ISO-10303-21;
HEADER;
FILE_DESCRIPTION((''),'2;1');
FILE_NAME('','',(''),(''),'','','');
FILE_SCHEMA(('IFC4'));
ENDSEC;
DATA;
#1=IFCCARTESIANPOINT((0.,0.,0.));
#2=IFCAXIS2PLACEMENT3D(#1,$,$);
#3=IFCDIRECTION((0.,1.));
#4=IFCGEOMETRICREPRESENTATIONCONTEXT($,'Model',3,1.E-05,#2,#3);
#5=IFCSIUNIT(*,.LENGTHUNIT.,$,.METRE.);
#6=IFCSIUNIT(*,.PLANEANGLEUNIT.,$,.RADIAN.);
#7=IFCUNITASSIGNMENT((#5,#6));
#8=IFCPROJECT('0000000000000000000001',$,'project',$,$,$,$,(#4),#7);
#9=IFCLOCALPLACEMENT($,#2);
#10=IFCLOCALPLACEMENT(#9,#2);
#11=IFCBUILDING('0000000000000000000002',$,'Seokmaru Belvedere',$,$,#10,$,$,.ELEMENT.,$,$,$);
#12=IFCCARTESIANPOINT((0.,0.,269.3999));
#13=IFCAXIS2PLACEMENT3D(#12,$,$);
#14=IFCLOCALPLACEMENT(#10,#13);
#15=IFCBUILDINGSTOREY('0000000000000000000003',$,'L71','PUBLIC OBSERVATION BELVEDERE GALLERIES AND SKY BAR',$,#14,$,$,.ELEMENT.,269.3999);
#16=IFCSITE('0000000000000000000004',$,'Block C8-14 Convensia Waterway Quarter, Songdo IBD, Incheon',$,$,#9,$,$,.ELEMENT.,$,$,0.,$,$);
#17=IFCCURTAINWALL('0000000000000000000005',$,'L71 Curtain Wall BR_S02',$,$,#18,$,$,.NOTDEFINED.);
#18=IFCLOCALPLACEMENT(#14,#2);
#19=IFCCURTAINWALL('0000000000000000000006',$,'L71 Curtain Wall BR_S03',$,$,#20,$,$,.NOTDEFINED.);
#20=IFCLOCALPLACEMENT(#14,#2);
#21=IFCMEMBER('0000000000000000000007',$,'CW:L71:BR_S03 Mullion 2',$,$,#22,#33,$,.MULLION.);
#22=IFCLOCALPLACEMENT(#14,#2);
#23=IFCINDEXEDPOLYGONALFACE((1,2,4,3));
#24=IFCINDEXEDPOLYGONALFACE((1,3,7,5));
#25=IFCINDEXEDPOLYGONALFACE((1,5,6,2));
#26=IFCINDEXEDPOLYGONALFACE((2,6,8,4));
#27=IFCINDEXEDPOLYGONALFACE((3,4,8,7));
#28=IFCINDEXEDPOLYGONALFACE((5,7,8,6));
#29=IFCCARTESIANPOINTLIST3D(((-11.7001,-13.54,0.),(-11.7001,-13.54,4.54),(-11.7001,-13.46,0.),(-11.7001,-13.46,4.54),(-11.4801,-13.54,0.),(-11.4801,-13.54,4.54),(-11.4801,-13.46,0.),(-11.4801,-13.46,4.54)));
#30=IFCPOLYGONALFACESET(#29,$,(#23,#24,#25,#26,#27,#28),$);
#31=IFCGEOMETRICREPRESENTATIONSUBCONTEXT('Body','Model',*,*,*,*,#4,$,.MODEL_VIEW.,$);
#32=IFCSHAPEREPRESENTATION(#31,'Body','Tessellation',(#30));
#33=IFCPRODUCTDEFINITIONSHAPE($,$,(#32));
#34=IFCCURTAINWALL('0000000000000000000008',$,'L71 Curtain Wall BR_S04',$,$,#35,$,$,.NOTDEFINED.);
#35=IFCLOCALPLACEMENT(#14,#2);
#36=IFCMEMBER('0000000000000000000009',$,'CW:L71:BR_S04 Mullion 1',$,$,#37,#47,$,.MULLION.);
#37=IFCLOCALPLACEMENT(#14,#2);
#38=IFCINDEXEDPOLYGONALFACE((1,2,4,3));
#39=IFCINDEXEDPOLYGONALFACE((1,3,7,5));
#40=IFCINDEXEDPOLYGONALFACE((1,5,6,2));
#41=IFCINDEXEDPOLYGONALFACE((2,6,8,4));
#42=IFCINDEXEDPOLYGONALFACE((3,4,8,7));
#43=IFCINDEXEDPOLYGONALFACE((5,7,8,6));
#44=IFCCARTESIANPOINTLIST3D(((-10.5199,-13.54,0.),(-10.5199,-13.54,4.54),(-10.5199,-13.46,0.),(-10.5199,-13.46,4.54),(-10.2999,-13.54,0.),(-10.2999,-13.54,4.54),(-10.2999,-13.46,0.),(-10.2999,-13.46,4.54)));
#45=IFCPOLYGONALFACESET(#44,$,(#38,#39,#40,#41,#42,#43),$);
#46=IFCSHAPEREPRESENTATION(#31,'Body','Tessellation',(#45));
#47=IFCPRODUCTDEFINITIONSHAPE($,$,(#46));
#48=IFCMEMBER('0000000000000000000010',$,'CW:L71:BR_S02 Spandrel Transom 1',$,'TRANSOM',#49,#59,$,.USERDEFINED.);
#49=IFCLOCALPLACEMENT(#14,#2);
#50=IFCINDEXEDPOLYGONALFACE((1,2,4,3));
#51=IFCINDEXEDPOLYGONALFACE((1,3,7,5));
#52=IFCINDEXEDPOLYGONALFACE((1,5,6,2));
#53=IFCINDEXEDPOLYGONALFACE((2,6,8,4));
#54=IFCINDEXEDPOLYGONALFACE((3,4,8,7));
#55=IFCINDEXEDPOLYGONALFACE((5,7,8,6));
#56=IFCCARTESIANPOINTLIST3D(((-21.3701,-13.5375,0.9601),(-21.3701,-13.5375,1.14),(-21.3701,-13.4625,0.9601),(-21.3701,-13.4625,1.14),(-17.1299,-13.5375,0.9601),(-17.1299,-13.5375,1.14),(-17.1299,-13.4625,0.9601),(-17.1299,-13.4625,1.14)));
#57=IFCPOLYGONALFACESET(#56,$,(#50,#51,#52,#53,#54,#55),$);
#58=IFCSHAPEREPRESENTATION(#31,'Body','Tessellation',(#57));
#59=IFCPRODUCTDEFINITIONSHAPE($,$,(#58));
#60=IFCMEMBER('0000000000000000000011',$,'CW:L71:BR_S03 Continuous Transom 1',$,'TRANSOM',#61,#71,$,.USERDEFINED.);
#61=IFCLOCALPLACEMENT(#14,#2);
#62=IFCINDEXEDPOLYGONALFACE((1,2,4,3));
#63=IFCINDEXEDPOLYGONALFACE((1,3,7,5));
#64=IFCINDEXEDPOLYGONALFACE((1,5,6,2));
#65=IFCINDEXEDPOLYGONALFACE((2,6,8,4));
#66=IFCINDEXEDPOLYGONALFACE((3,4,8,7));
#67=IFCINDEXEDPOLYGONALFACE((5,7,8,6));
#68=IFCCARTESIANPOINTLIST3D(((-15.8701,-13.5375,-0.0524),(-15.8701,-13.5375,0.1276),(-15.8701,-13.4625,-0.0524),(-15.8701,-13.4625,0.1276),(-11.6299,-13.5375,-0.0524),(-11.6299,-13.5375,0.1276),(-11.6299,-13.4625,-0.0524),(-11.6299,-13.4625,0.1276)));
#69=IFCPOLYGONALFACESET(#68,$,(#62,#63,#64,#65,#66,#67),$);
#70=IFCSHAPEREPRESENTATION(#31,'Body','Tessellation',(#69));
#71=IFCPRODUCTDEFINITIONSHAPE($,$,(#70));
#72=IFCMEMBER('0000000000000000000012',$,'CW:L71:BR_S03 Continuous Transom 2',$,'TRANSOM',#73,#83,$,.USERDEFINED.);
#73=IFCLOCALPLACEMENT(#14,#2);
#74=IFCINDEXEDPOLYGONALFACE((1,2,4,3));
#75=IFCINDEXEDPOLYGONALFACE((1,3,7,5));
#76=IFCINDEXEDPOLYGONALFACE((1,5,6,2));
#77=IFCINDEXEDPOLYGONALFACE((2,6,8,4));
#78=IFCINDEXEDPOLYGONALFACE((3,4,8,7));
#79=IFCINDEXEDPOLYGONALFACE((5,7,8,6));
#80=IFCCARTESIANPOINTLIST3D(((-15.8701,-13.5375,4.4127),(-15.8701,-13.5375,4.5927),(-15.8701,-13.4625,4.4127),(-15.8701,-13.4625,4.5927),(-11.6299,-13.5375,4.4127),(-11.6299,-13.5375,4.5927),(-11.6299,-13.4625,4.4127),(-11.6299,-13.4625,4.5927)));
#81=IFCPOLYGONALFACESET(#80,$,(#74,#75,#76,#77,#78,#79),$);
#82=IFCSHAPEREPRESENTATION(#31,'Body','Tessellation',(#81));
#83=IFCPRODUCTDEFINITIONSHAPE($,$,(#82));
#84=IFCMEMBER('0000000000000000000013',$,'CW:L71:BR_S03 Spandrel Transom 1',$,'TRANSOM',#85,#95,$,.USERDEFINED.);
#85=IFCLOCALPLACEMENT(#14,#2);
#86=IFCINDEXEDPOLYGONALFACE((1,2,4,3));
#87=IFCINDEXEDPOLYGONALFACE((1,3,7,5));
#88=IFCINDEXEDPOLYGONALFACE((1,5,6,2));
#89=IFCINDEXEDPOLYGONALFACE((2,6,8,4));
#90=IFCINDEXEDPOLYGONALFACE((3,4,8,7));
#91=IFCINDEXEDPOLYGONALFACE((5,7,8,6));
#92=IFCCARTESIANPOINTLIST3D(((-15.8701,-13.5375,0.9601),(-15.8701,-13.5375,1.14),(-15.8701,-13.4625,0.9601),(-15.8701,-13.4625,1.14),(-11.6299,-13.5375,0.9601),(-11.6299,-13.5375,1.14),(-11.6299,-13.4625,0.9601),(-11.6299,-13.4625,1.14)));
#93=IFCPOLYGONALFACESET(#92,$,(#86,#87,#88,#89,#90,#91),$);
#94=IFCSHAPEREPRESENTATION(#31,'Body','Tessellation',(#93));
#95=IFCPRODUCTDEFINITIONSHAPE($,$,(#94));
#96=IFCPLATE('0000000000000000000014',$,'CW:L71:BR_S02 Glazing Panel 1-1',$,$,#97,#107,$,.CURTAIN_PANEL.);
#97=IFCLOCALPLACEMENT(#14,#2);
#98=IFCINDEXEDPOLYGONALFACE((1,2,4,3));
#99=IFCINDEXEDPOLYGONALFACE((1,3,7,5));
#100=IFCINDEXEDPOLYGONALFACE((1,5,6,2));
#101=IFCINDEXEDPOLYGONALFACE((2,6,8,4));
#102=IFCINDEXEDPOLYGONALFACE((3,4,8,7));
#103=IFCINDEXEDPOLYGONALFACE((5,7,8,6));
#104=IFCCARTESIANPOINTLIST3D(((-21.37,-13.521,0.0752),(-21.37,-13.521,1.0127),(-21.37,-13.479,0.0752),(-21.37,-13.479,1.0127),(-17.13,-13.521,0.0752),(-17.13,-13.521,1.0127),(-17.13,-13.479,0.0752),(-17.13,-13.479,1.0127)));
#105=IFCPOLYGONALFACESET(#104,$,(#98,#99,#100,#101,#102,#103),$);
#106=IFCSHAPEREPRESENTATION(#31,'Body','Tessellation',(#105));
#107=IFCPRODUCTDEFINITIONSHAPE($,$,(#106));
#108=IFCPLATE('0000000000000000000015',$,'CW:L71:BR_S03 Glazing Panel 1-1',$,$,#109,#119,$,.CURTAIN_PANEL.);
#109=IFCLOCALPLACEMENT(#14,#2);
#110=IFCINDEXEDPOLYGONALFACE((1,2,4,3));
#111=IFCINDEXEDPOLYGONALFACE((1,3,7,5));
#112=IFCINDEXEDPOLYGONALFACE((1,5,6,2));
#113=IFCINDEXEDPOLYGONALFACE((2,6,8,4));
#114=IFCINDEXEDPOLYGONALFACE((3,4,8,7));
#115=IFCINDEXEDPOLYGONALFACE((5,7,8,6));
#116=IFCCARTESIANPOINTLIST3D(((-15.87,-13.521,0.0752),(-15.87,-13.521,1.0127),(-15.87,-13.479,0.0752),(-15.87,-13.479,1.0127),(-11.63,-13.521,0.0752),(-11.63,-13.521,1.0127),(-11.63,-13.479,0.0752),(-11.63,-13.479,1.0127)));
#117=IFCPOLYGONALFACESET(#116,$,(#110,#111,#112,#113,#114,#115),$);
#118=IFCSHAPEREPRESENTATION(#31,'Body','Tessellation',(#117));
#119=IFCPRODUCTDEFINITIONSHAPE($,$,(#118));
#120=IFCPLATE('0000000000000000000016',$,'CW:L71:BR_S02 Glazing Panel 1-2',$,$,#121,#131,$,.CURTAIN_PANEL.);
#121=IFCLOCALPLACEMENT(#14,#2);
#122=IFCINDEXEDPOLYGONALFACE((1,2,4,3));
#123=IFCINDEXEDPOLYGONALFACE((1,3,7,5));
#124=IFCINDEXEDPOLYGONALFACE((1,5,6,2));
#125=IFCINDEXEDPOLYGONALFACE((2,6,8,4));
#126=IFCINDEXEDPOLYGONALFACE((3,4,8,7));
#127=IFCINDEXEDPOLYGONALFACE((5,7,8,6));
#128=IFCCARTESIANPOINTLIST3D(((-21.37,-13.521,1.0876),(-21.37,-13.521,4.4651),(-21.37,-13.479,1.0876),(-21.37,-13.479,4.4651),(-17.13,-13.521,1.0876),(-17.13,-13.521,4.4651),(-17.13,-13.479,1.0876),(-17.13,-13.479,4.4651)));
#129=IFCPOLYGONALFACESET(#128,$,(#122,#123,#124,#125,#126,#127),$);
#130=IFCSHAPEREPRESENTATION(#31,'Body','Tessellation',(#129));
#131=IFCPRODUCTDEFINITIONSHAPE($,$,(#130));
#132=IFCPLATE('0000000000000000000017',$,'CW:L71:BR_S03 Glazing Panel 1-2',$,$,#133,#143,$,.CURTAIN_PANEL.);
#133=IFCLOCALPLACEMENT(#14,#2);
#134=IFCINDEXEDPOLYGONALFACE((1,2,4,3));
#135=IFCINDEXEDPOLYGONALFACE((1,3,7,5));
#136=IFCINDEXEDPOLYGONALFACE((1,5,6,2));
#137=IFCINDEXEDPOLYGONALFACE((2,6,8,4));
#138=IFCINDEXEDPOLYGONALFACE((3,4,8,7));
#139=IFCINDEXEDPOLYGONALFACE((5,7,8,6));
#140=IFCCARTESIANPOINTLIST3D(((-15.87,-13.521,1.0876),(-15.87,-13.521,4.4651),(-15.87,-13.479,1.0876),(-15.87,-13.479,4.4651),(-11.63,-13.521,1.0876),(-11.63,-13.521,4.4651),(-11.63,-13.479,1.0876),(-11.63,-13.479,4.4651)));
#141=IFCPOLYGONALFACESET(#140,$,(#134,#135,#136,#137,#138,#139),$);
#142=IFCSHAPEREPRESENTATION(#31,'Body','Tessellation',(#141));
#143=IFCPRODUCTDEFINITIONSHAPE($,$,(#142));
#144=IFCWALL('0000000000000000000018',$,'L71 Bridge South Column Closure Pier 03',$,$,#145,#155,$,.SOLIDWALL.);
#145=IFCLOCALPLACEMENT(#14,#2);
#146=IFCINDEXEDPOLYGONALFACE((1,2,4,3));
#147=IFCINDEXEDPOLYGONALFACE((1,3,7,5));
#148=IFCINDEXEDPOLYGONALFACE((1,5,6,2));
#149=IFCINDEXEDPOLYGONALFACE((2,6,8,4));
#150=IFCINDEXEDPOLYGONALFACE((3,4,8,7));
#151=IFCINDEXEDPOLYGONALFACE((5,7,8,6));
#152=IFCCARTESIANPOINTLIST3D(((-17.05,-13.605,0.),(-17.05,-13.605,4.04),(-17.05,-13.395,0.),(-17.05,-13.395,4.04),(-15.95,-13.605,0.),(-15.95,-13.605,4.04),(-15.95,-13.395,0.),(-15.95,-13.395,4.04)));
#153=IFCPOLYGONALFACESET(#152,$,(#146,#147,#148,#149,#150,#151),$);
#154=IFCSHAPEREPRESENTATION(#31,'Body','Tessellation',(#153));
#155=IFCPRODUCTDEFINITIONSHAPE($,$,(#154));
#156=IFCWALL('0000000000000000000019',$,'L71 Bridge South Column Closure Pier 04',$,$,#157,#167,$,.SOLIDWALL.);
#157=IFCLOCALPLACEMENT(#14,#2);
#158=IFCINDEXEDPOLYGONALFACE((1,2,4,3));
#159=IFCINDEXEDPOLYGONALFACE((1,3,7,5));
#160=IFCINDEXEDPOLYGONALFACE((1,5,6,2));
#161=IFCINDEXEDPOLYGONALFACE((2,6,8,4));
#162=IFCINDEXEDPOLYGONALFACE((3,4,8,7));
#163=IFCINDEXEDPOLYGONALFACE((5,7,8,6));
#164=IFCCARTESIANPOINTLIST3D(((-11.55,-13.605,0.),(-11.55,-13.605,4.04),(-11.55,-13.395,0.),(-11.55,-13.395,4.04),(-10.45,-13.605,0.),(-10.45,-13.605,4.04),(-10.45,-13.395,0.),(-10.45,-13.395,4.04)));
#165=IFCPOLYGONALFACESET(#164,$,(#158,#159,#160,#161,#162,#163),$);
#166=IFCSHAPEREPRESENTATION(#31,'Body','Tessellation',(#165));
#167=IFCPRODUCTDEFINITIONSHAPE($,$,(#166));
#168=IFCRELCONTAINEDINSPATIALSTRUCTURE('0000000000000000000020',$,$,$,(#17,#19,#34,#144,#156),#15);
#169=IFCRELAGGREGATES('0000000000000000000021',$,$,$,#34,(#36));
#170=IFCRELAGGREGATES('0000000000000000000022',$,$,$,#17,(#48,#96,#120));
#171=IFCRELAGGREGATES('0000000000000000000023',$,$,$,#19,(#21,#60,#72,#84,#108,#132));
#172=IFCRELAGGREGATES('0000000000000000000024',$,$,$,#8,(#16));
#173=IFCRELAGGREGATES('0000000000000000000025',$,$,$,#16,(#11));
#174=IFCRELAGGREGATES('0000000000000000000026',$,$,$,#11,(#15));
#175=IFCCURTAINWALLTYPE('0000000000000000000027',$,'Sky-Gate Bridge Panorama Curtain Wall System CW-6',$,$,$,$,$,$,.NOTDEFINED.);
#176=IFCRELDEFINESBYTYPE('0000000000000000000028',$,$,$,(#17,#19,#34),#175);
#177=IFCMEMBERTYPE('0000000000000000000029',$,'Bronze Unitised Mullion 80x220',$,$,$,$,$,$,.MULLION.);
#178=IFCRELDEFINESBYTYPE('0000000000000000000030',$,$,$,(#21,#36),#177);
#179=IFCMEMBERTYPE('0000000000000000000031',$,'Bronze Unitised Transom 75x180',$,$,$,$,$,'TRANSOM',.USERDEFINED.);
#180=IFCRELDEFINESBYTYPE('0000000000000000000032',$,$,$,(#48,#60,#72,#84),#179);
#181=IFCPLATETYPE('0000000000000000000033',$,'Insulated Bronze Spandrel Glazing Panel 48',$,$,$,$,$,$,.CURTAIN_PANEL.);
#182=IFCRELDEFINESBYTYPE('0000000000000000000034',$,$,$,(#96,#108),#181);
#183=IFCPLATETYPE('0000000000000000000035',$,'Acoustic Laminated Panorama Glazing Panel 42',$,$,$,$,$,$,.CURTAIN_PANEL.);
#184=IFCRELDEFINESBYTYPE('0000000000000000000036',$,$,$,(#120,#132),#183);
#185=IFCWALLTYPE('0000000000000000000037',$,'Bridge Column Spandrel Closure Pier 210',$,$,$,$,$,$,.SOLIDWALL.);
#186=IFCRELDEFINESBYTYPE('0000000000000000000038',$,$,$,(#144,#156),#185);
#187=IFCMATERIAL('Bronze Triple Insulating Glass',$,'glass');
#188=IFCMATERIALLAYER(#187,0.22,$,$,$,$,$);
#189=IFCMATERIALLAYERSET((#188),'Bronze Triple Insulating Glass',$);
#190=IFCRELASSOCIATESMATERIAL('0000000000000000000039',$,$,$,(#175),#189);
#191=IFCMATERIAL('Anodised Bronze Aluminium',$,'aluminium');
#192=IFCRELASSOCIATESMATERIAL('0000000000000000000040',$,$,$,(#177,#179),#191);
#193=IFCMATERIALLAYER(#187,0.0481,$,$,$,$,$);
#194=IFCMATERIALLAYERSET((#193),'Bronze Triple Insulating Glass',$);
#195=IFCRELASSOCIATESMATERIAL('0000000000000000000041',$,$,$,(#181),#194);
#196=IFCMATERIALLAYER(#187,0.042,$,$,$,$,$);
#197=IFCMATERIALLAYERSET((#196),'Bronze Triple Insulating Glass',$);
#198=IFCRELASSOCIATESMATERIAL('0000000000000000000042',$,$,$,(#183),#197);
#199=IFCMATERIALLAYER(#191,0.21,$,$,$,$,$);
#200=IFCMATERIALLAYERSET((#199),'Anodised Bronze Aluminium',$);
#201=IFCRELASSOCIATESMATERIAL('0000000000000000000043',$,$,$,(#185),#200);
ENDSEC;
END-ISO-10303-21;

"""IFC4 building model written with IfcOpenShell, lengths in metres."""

from ifc_helpers import new_model, si_unit, direction, frame, frame_2d, origin, origin_2d, place, context, subcontext, project, spatial, rectangle, extrude, source, transform, mapped, material, layer, layer_set, material_profile, profile_set, type_object, type_shapes, element, aggregate, save


model = new_model("IFC4")

# Units and contexts
model_context = context("Model", 3, precision=1e-05, world=origin(), true_north=direction((0.0, 1.0)))
body_context = subcontext(model_context, "Body", "Model", "MODEL_VIEW")
ifc_project = project(units=[si_unit("LENGTHUNIT", "METRE"), si_unit("PLANEANGLEUNIT", "RADIAN")], contexts=[model_context])

# Site, building, storey
site_placement = place(None, origin())
site = spatial("IfcSite", under=ifc_project, at=site_placement, Name="Block C8-14 Convensia Waterway Quarter, Songdo IBD, Incheon", CompositionType="ELEMENT", RefElevation=0.0)
building_placement = place(site_placement, origin())
building = spatial("IfcBuilding", under=site, at=building_placement, Name="Seokmaru Belvedere", CompositionType="ELEMENT")
storey_placement = place(building_placement, frame((0.0, 0.0, 269.3999)))
storey = spatial("IfcBuildingStorey", under=building, at=storey_placement, Name="L71", Description="PUBLIC OBSERVATION BELVEDERE GALLERIES AND SKY BAR", CompositionType="ELEMENT", Elevation=269.3999)

# Curtain wall
ifc_material_1 = material(Name="Bronze Triple Insulating Glass", Category="glass")
ifc_layer_1 = layer(ifc_material_1, 0.22)
ifc_layer_set_1 = layer_set([ifc_layer_1], Name="Bronze Triple Insulating Glass")
curtain_wall_type = type_object("IfcCurtainWallType", Name="Sky-Gate Bridge Panorama Curtain Wall System CW-6", PredefinedType="NOTDEFINED", material=ifc_layer_set_1)
curtain_wall_1_placement = place(storey_placement, origin())
curtain_wall_1 = element("IfcCurtainWall", 1, at=curtain_wall_1_placement, inside=storey, type_object=curtain_wall_type, Name="L71 Curtain Wall BR_S02", PredefinedType="NOTDEFINED")
ifc_material_2 = material(Name="Anodised Bronze Aluminium", Category="aluminium")
ifc_material_profile_1 = material_profile(ifc_material_2, rectangle(XDim=0.0801, YDim=0.22, at=origin_2d()), Name="CW-M-80x220")
ifc_profile_set_1 = profile_set([ifc_material_profile_1], Name="Anodised Bronze Aluminium")
member_type_1 = type_object("IfcMemberType", Name="Bronze Unitised Mullion 80x220", PredefinedType="MULLION", material=ifc_profile_set_1)
shared_shape_1 = source(origin(), body_context, "Body", "SweptSolid", [
    extrude(rectangle(XDim=0.0801, YDim=0.22, at=origin_2d()), origin(), (0.0, 0.0, 1.0), 4.54),
])
type_shapes(member_type_1, [shared_shape_1])

# Curtain wall, member
curtain_wall_2_placement = place(storey_placement, origin())
curtain_wall_2 = element("IfcCurtainWall", 2, at=curtain_wall_2_placement, inside=storey, type_object=curtain_wall_type, Name="L71 Curtain Wall BR_S03", PredefinedType="NOTDEFINED")
member_1_placement = place(storey_placement, frame((-11.5901, -13.5, 0.0), z_axis=(0.0, 0.0, 1.0), x_axis=(0.0, 1.0, 0.0)))
member_1 = element("IfcMember", 3, at=member_1_placement, type_object=member_type_1, Name="CW:L71:BR_S03 Mullion 2", PredefinedType="MULLION", context=body_context, shape_type="MappedRepresentation", body=[
    mapped(shared_shape_1, transform((0.0, 0.0, 0.0), scale=1.0)),
])

# Curtain wall, member
curtain_wall_3_placement = place(storey_placement, origin())
curtain_wall_3 = element("IfcCurtainWall", 4, at=curtain_wall_3_placement, inside=storey, type_object=curtain_wall_type, Name="L71 Curtain Wall BR_S04", PredefinedType="NOTDEFINED")
member_2_placement = place(storey_placement, frame((-10.4099, -13.5, 0.0), z_axis=(0.0, 0.0, 1.0), x_axis=(0.0, 1.0, 0.0)))
member_2 = element("IfcMember", 5, at=member_2_placement, type_object=member_type_1, Name="CW:L71:BR_S04 Mullion 1", PredefinedType="MULLION", context=body_context, shape_type="MappedRepresentation", body=[
    mapped(shared_shape_1, transform((0.0, 0.0, 0.0), scale=1.0)),
])
aggregate(curtain_wall_3, [member_2])

# Members
ifc_material_profile_2 = material_profile(ifc_material_2, rectangle(XDim=0.075, YDim=0.1799, at=origin_2d()), Name="CW-T-75x180")
ifc_profile_set_2 = profile_set([ifc_material_profile_2], Name="Anodised Bronze Aluminium")
member_type_2 = type_object("IfcMemberType", Name="Bronze Unitised Transom 75x180", ElementType="TRANSOM", PredefinedType="USERDEFINED", material=ifc_profile_set_2)
shared_shape_2 = source(origin(), body_context, "Body", "SweptSolid", [
    extrude(rectangle(XDim=0.075, YDim=0.1799, at=origin_2d()), origin(), (0.0, 0.0, 1.0), 4.2402),
])
type_shapes(member_type_2, [shared_shape_2])
member_3_placement = place(storey_placement, frame((-21.3701, -13.5, 1.05), z_axis=(1.0, 0.0, 0.0), x_axis=(0.0, 1.0, 0.0)))
member_3 = element("IfcMember", 6, at=member_3_placement, type_object=member_type_2, Name="CW:L71:BR_S02 Spandrel Transom 1", ObjectType="TRANSOM", PredefinedType="USERDEFINED", context=body_context, shape_type="MappedRepresentation", body=[
    mapped(shared_shape_2, transform((0.0, 0.0, 0.0), scale=1.0)),
])
member_4_placement = place(storey_placement, frame((-15.8701, -13.5, 0.0376), z_axis=(1.0, 0.0, 0.0), x_axis=(0.0, 1.0, 0.0)))
member_4 = element("IfcMember", 7, at=member_4_placement, type_object=member_type_2, Name="CW:L71:BR_S03 Continuous Transom 1", ObjectType="TRANSOM", PredefinedType="USERDEFINED", context=body_context, shape_type="MappedRepresentation", body=[
    mapped(shared_shape_2, transform((0.0, 0.0, 0.0), scale=1.0)),
])
member_5_placement = place(storey_placement, frame((-15.8701, -13.5, 4.5027), z_axis=(1.0, 0.0, 0.0), x_axis=(0.0, 1.0, 0.0)))
member_5 = element("IfcMember", 8, at=member_5_placement, type_object=member_type_2, Name="CW:L71:BR_S03 Continuous Transom 2", ObjectType="TRANSOM", PredefinedType="USERDEFINED", context=body_context, shape_type="MappedRepresentation", body=[
    mapped(shared_shape_2, transform((0.0, 0.0, 0.0), scale=1.0)),
])
member_6_placement = place(storey_placement, frame((-15.8701, -13.5, 1.05), z_axis=(1.0, 0.0, 0.0), x_axis=(0.0, 1.0, 0.0)))
member_6 = element("IfcMember", 9, at=member_6_placement, type_object=member_type_2, Name="CW:L71:BR_S03 Spandrel Transom 1", ObjectType="TRANSOM", PredefinedType="USERDEFINED", context=body_context, shape_type="MappedRepresentation", body=[
    mapped(shared_shape_2, transform((0.0, 0.0, 0.0), scale=1.0)),
])

# Plates
ifc_layer_2 = layer(ifc_material_1, 0.0481)
ifc_layer_set_2 = layer_set([ifc_layer_2], Name="Bronze Triple Insulating Glass")
plate_type_1 = type_object("IfcPlateType", Name="Insulated Bronze Spandrel Glazing Panel 48", PredefinedType="CURTAIN_PANEL", material=ifc_layer_set_2)
shared_shape_3 = source(origin(), body_context, "Body", "SweptSolid", [
    extrude(rectangle(XDim=4.24, YDim=0.042, at=origin_2d()), origin(), (0.0, 0.0, 1.0), 0.9375),
])
type_shapes(plate_type_1, [shared_shape_3])
plate_1_placement = place(storey_placement, frame((-19.25, -13.5, 0.0752), z_axis=(0.0, 0.0, 1.0), x_axis=(1.0, 0.0, 0.0)))
plate_1 = element("IfcPlate", 10, at=plate_1_placement, type_object=plate_type_1, Name="CW:L71:BR_S02 Glazing Panel 1-1", PredefinedType="CURTAIN_PANEL", context=body_context, shape_type="MappedRepresentation", body=[
    mapped(shared_shape_3, transform((0.0, 0.0, 0.0), scale=1.0)),
])
plate_2_placement = place(storey_placement, frame((-13.75, -13.5, 0.0752), z_axis=(0.0, 0.0, 1.0), x_axis=(1.0, 0.0, 0.0)))
plate_2 = element("IfcPlate", 11, at=plate_2_placement, type_object=plate_type_1, Name="CW:L71:BR_S03 Glazing Panel 1-1", PredefinedType="CURTAIN_PANEL", context=body_context, shape_type="MappedRepresentation", body=[
    mapped(shared_shape_3, transform((0.0, 0.0, 0.0), scale=1.0)),
])
ifc_layer_3 = layer(ifc_material_1, 0.042)
ifc_layer_set_3 = layer_set([ifc_layer_3], Name="Bronze Triple Insulating Glass")
plate_type_2 = type_object("IfcPlateType", Name="Acoustic Laminated Panorama Glazing Panel 42", PredefinedType="CURTAIN_PANEL", material=ifc_layer_set_3)
shared_shape_4 = source(origin(), body_context, "Body", "SweptSolid", [
    extrude(rectangle(XDim=4.24, YDim=0.042, at=origin_2d()), origin(), (0.0, 0.0, 1.0), 3.3774),
])
type_shapes(plate_type_2, [shared_shape_4])
plate_3_placement = place(storey_placement, frame((-19.25, -13.5, 1.0876), z_axis=(0.0, 0.0, 1.0), x_axis=(1.0, 0.0, 0.0)))
plate_3 = element("IfcPlate", 12, at=plate_3_placement, type_object=plate_type_2, Name="CW:L71:BR_S02 Glazing Panel 1-2", PredefinedType="CURTAIN_PANEL", context=body_context, shape_type="MappedRepresentation", body=[
    mapped(shared_shape_4, transform((0.0, 0.0, 0.0), scale=1.0)),
])
aggregate(curtain_wall_1, [member_3, plate_1, plate_3])
plate_4_placement = place(storey_placement, frame((-13.75, -13.5, 1.0876), z_axis=(0.0, 0.0, 1.0), x_axis=(1.0, 0.0, 0.0)))
plate_4 = element("IfcPlate", 13, at=plate_4_placement, type_object=plate_type_2, Name="CW:L71:BR_S03 Glazing Panel 1-2", PredefinedType="CURTAIN_PANEL", context=body_context, shape_type="MappedRepresentation", body=[
    mapped(shared_shape_4, transform((0.0, 0.0, 0.0), scale=1.0)),
])
aggregate(curtain_wall_2, [member_1, member_4, member_5, member_6, plate_2, plate_4])

# Walls
ifc_layer_4 = layer(ifc_material_2, 0.21)
ifc_layer_set_4 = layer_set([ifc_layer_4], Name="Anodised Bronze Aluminium")
wall_type = type_object("IfcWallType", Name="Bridge Column Spandrel Closure Pier 210", PredefinedType="SOLIDWALL", material=ifc_layer_set_4)
for number, where, z_axis, x_axis, name in (
    (14, (-17.05, -13.5, 0.0), (0.0, 0.0, 1.0), (1.0, 0.0, 0.0), "L71 Bridge South Column Closure Pier 03"),
    (15, (-11.55, -13.5, 0.0), (0.0, 0.0, 1.0), (1.0, 0.0, 0.0), "L71 Bridge South Column Closure Pier 04"),
):
    element("IfcWall", number, at=place(storey_placement, frame(where, z_axis=z_axis, x_axis=x_axis)), inside=storey, type_object=wall_type, Name=name, PredefinedType="SOLIDWALL", context=body_context, shape_type="SweptSolid", body=[
        extrude(rectangle(XDim=1.1001, YDim=0.21, at=frame_2d((0.55, 0.0))), origin(), (0.0, 0.0, 1.0), 4.04),
    ])

save(model, "model.ifc")
